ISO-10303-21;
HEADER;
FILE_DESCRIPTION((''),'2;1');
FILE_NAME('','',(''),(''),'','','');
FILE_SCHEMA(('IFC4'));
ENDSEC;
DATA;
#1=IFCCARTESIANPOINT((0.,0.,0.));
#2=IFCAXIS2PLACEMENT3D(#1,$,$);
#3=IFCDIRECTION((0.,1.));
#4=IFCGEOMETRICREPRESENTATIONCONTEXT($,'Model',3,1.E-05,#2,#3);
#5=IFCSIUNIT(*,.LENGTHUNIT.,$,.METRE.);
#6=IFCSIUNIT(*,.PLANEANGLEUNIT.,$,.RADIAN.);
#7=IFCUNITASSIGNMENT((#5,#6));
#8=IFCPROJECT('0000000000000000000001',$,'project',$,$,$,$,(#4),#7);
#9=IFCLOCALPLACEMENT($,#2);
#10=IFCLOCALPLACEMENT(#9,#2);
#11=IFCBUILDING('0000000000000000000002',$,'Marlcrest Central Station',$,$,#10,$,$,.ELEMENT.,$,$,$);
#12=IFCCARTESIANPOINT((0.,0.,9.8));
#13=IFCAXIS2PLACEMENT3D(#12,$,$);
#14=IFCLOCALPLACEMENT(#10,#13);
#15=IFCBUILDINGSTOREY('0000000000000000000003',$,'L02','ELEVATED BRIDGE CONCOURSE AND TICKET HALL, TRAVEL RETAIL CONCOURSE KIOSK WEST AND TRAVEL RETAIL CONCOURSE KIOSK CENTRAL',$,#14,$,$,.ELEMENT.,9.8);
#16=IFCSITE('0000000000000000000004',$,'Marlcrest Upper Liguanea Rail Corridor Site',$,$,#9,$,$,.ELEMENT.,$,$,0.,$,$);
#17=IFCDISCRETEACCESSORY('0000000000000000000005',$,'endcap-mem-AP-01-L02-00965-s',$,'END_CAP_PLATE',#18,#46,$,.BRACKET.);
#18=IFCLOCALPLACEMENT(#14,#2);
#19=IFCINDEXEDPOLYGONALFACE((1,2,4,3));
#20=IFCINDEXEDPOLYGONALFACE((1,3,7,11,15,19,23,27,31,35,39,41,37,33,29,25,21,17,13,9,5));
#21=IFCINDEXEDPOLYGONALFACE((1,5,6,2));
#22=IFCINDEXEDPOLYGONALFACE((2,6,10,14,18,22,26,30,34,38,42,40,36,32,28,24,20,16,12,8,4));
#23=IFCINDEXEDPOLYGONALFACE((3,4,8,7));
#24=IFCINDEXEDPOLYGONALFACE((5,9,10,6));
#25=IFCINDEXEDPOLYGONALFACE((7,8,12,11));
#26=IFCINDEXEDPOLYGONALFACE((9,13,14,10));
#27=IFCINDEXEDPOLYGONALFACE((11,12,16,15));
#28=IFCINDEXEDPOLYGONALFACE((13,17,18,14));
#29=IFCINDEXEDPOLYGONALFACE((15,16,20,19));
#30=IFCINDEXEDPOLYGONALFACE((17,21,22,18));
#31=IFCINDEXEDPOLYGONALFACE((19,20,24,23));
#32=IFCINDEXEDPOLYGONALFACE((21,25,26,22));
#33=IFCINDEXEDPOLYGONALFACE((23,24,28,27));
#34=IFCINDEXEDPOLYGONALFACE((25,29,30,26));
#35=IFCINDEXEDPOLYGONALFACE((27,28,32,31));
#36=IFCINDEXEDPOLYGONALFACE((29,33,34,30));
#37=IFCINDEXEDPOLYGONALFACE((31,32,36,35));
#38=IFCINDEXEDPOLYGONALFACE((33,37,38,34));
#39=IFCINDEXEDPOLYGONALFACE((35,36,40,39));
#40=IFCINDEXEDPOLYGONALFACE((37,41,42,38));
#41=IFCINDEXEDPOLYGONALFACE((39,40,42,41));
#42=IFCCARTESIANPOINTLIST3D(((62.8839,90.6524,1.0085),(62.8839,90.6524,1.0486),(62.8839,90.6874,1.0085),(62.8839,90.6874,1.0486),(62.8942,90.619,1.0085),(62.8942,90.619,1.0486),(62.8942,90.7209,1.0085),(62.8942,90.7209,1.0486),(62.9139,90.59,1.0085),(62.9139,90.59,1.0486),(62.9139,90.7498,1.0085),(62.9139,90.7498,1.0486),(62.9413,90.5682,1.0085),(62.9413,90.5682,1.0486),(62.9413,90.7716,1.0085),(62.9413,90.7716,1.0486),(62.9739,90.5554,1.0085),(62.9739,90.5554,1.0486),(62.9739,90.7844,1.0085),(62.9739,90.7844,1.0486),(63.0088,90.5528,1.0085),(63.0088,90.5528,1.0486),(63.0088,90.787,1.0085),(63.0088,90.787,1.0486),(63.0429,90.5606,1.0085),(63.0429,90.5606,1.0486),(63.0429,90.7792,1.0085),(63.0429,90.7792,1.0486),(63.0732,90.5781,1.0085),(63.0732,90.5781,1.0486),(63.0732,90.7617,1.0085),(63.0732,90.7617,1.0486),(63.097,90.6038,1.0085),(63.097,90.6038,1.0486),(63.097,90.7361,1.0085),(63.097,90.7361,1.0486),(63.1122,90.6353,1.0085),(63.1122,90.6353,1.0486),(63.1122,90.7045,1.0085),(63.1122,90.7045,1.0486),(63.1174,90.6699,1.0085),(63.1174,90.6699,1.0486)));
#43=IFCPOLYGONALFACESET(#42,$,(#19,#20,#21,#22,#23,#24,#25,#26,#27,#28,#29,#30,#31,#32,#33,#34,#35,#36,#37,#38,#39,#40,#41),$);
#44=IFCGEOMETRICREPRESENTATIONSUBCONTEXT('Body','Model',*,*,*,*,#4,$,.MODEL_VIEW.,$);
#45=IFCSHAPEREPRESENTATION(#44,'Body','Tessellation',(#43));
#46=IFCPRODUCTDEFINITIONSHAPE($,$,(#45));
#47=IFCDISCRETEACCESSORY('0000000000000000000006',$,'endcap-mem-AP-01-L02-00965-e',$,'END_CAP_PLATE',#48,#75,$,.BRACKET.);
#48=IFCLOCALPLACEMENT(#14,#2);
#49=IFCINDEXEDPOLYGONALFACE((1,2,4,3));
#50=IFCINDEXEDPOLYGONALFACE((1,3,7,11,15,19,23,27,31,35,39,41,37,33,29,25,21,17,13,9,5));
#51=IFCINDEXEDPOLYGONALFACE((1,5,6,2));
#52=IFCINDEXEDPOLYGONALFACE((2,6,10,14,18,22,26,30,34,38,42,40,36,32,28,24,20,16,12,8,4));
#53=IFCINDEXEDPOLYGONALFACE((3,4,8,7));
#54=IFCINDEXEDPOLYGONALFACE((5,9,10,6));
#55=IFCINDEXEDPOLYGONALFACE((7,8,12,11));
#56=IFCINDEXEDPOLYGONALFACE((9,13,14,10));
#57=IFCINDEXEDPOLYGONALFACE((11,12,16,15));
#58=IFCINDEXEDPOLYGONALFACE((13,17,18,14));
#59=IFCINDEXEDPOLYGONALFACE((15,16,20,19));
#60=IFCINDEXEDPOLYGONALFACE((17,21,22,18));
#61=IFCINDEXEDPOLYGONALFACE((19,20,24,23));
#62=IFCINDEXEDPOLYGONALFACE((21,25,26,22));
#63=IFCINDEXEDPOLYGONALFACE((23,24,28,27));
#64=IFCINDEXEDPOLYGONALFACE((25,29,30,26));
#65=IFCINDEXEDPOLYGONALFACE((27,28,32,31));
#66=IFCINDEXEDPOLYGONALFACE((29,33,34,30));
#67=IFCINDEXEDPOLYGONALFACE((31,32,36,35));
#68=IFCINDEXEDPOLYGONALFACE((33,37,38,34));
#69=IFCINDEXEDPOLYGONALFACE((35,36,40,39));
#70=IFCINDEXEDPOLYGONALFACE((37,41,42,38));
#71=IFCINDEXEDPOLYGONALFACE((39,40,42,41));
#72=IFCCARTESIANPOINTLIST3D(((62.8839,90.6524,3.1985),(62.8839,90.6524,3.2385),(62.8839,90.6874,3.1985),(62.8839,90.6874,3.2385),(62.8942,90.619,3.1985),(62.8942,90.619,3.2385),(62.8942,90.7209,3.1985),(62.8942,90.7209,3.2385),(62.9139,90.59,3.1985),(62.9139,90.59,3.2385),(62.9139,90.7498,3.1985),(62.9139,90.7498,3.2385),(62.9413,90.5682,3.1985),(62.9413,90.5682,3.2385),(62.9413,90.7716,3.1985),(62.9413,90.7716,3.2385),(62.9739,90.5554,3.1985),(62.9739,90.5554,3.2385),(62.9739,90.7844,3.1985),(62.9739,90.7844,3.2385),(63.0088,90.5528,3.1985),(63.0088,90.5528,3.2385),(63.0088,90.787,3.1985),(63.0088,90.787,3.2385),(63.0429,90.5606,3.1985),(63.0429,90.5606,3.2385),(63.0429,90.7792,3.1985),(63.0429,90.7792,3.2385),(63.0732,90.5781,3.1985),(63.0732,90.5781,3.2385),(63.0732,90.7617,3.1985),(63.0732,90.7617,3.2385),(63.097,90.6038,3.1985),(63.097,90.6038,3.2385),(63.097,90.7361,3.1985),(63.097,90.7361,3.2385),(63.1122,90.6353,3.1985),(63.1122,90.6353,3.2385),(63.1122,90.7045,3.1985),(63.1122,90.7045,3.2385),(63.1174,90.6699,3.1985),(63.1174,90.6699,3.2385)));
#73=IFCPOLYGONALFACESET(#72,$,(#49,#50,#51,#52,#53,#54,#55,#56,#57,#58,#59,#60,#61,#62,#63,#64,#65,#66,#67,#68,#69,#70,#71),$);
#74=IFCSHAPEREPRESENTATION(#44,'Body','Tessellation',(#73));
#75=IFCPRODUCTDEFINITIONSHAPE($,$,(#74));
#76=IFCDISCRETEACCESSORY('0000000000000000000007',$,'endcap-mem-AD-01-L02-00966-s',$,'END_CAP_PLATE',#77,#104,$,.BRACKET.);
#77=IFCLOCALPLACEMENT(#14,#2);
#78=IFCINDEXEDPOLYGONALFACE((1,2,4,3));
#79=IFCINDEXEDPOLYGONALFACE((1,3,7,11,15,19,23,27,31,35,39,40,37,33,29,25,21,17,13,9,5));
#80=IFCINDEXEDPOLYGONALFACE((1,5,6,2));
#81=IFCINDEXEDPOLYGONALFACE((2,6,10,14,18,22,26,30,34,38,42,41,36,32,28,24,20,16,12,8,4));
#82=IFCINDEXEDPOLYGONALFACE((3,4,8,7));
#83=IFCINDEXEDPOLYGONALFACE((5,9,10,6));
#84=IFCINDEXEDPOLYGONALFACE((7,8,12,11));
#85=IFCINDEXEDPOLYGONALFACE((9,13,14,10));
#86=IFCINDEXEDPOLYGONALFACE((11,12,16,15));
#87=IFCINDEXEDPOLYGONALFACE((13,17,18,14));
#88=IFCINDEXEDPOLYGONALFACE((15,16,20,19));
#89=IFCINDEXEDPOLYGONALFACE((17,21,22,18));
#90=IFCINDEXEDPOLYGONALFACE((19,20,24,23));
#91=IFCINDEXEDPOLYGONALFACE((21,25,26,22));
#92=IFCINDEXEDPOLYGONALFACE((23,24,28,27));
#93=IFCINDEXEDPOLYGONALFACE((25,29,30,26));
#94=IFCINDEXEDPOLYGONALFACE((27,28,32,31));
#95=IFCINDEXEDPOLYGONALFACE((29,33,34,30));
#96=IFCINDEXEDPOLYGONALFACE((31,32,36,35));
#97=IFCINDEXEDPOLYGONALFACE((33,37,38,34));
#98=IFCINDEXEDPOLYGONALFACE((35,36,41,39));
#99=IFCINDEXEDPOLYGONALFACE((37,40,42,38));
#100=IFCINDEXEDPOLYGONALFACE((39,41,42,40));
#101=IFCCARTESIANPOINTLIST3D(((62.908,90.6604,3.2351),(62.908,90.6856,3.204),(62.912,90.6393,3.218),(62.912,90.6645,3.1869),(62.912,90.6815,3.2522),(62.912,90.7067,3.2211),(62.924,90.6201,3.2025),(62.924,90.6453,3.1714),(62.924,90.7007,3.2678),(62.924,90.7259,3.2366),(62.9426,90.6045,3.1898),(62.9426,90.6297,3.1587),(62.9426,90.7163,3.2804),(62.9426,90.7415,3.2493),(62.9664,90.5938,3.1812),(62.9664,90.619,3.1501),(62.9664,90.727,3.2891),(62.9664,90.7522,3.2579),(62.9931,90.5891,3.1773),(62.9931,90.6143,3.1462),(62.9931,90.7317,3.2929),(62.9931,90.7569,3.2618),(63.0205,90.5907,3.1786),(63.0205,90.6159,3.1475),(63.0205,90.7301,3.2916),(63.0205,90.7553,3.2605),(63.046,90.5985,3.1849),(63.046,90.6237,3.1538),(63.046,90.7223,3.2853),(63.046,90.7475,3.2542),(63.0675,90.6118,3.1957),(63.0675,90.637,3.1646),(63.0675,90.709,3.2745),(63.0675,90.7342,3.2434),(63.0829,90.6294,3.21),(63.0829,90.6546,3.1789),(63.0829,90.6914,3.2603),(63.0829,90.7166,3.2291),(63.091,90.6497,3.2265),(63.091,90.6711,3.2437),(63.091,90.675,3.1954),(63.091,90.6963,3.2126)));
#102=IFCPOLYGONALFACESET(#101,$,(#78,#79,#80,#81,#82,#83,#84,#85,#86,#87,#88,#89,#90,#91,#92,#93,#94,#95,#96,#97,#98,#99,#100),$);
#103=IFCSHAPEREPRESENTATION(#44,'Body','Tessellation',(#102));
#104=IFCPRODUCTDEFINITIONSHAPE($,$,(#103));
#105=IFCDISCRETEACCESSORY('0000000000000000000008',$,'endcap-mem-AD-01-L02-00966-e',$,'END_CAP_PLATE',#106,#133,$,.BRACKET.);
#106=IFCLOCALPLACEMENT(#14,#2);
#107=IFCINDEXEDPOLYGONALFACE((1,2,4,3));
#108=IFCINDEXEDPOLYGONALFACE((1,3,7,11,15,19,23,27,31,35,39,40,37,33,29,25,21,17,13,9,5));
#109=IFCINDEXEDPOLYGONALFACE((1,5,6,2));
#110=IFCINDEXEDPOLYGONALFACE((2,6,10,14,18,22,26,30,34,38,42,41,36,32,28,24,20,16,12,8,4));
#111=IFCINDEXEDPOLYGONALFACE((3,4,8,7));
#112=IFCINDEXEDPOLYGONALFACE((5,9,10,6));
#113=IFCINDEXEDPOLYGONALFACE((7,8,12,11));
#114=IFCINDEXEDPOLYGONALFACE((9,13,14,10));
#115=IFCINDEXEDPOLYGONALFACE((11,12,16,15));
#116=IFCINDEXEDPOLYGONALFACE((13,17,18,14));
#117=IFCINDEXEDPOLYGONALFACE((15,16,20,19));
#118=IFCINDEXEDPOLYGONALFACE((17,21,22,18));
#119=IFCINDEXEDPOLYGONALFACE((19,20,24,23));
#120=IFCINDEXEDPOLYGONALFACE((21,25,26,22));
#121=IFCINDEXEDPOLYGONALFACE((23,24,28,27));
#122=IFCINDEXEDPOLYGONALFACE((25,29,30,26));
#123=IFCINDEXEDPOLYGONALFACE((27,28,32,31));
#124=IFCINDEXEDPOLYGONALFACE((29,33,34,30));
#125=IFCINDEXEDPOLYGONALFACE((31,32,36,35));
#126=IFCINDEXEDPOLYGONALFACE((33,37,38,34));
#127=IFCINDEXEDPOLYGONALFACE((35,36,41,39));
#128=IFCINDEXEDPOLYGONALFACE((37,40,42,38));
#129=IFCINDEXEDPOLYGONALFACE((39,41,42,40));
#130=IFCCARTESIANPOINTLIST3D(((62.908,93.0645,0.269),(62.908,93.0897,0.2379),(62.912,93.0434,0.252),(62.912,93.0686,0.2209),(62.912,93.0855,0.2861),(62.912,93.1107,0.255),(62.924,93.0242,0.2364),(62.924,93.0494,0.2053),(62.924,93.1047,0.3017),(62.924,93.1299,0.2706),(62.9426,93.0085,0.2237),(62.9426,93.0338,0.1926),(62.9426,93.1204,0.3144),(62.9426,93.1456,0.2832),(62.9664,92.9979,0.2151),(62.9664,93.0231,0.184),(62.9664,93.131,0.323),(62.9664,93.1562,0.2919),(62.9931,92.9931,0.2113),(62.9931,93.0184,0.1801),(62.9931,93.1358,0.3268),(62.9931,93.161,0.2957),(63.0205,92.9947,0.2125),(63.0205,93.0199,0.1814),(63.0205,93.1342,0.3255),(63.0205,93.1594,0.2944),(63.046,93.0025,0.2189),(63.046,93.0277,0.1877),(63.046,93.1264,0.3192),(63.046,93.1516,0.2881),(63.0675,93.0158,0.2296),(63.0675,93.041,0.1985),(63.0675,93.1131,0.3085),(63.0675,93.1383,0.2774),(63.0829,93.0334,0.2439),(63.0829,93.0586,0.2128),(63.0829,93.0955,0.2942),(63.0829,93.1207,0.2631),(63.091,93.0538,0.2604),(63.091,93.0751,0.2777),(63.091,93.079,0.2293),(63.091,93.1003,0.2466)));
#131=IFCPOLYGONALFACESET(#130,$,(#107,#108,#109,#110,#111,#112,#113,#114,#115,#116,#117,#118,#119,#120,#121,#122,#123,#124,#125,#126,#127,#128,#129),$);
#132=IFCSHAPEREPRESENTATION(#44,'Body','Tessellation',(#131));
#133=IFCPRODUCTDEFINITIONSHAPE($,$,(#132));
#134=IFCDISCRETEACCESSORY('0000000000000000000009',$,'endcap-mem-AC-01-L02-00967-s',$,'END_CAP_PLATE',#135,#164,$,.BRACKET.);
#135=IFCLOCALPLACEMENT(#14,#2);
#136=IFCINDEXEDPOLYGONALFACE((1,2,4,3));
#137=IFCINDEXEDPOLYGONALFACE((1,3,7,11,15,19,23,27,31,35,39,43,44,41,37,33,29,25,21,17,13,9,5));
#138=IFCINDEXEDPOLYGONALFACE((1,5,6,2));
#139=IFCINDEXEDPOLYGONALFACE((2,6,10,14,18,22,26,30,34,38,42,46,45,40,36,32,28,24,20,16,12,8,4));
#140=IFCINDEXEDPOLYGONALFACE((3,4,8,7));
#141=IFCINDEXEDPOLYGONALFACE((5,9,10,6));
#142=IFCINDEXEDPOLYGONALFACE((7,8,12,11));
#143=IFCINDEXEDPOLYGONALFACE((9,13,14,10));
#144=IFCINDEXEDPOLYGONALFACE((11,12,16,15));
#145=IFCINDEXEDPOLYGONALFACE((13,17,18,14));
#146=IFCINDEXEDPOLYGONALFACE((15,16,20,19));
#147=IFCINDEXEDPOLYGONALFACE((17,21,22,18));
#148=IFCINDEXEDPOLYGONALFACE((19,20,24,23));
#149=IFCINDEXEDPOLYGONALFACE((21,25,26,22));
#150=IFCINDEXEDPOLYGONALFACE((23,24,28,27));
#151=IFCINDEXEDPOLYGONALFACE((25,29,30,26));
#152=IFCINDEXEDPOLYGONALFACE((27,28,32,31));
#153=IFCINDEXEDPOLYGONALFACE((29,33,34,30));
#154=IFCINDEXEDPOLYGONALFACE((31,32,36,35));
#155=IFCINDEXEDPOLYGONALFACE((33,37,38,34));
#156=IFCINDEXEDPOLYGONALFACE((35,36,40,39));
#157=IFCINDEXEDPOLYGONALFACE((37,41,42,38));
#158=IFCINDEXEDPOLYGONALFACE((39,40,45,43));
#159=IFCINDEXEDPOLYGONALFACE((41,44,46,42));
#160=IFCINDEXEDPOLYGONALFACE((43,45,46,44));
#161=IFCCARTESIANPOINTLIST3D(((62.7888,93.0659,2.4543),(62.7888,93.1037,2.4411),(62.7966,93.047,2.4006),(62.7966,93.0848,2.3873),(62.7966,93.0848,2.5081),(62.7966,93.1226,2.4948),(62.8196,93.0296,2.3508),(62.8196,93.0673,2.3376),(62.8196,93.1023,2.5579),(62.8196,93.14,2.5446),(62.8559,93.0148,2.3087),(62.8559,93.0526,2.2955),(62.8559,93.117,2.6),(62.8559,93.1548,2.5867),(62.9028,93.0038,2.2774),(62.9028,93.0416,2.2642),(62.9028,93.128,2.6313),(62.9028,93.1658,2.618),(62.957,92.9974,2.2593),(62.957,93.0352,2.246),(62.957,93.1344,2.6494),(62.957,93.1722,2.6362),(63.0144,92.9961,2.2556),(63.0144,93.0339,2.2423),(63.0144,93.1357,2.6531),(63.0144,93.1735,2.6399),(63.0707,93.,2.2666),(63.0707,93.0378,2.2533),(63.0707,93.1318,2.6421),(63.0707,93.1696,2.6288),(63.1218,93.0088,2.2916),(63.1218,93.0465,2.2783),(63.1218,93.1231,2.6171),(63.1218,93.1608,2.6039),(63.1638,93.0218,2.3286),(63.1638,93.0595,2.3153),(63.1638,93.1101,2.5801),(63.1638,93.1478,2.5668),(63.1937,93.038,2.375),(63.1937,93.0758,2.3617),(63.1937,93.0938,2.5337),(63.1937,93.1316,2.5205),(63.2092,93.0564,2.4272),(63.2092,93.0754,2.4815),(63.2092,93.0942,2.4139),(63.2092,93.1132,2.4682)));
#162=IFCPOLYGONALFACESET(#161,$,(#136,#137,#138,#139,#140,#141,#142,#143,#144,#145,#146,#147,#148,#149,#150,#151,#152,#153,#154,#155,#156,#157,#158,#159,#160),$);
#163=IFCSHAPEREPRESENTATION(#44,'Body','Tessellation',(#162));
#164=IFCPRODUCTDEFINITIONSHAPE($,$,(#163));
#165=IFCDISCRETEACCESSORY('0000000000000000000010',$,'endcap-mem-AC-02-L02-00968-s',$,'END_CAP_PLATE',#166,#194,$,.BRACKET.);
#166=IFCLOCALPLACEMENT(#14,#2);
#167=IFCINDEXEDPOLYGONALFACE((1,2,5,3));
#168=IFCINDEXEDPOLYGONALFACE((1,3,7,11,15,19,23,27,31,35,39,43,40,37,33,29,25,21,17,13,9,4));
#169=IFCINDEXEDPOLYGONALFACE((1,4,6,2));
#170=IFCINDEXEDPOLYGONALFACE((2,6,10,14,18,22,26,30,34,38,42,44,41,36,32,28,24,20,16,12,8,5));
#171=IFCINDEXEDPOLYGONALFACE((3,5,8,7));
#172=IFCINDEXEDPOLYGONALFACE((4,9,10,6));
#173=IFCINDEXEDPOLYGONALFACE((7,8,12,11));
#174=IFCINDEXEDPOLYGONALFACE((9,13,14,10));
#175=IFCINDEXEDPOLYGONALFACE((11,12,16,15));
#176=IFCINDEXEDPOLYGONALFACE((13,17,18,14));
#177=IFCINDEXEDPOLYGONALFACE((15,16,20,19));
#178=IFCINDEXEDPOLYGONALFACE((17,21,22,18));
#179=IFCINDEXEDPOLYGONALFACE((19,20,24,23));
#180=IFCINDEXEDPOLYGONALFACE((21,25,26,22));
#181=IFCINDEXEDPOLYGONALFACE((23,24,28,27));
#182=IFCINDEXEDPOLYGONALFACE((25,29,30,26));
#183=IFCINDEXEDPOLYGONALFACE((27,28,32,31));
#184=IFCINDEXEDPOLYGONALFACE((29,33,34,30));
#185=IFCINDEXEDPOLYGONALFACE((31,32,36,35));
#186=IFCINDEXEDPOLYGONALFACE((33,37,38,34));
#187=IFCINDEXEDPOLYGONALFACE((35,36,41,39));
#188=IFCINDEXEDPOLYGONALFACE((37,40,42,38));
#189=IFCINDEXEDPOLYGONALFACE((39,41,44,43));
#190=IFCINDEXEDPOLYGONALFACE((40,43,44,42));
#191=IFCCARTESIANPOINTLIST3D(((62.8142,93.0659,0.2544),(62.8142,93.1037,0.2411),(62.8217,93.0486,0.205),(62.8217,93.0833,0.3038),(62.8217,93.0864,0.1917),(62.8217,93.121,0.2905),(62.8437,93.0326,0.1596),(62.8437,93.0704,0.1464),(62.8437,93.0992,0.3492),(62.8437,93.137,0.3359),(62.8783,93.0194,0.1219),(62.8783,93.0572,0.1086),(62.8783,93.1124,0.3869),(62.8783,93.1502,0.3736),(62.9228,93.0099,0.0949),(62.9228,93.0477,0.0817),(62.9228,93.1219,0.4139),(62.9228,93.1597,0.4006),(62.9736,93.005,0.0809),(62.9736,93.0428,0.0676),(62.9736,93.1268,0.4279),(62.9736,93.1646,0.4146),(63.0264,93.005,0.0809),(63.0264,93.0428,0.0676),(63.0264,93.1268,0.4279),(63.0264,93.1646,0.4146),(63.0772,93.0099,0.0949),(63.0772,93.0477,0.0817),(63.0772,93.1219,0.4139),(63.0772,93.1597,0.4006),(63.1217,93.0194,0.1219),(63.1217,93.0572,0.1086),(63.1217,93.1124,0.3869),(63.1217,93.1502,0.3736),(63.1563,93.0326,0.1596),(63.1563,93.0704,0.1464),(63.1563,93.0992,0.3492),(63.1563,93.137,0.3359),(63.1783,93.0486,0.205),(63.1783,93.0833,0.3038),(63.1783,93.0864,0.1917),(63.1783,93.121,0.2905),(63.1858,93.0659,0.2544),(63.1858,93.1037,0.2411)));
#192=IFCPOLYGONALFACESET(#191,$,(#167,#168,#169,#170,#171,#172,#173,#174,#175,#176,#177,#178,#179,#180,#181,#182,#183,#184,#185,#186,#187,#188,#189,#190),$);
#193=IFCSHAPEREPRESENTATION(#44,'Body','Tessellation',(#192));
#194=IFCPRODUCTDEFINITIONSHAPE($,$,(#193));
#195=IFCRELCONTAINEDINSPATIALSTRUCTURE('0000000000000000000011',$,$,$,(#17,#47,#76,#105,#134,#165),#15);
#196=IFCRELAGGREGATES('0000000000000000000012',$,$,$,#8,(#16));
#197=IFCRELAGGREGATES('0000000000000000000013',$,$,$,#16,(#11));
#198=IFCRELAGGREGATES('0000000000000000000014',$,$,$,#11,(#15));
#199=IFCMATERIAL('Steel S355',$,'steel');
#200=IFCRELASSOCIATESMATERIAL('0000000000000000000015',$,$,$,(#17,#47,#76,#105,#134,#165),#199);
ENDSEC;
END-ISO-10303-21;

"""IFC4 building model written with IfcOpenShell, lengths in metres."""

from ifc_helpers import new_model, si_unit, direction, frame, origin, origin_2d, place, context, subcontext, project, spatial, circle, extrude, material, element, save


model = new_model("IFC4")

# Units and contexts
model_context = context("Model", 3, precision=1e-05, world=origin(), true_north=direction((0.0, 1.0)))
body_context = subcontext(model_context, "Body", "Model", "MODEL_VIEW")
ifc_project = project(units=[si_unit("LENGTHUNIT", "METRE"), si_unit("PLANEANGLEUNIT", "RADIAN")], contexts=[model_context])

# Site, building, storey
site_placement = place(None, origin())
site = spatial("IfcSite", under=ifc_project, at=site_placement, Name="Marlcrest Upper Liguanea Rail Corridor Site", CompositionType="ELEMENT", RefElevation=0.0)
building_placement = place(site_placement, origin())
building = spatial("IfcBuilding", under=site, at=building_placement, Name="Marlcrest Central Station", CompositionType="ELEMENT")
storey_placement = place(building_placement, frame((0.0, 0.0, 9.8)))
storey = spatial("IfcBuildingStorey", under=building, at=storey_placement, Name="L02", Description="ELEVATED BRIDGE CONCOURSE AND TICKET HALL, TRAVEL RETAIL CONCOURSE KIOSK WEST AND TRAVEL RETAIL CONCOURSE KIOSK CENTRAL", CompositionType="ELEMENT", Elevation=9.8)

# Shared definitions
ifc_material_1 = material(Name="Steel S355", Category="steel")

# Discrete accessories
for number, where, z_axis, x_axis, name in (
    (1, (63.0, 90.6699, 1.0085), (0.0, 0.0, 1.0), (1.0, 0.0, 0.0), "endcap-mem-AP-01-L02-00965-s"),
    (2, (63.0, 90.6699, 3.1985), (0.0, 0.0, 1.0), (1.0, 0.0, 0.0), "endcap-mem-AP-01-L02-00965-e"),
):
    element("IfcDiscreteAccessory", number, at=place(storey_placement, frame(where, z_axis=z_axis, x_axis=x_axis)), inside=storey, material=ifc_material_1, Name=name, ObjectType="END_CAP_PLATE", PredefinedType="BRACKET", context=body_context, shape_type="SweptSolid", body=[
        extrude(circle(Radius=0.1174, at=origin_2d()), origin(), (0.0, 0.0, 1.0), 0.04),
    ])
for number, where, z_axis, x_axis, name in (
    (3, (63.0, 90.6604, 3.2351), (0.0, 0.629629, -0.776896), (-1.0, 0.0, 0.0), "endcap-mem-AD-01-L02-00966-s"),
    (4, (63.0, 93.0645, 0.269), (0.0, 0.629629, -0.776896), (-1.0, 0.0, 0.0), "endcap-mem-AD-01-L02-00966-e"),
):
    element("IfcDiscreteAccessory", number, at=place(storey_placement, frame(where, z_axis=z_axis, x_axis=x_axis)), inside=storey, material=ifc_material_1, Name=name, ObjectType="END_CAP_PLATE", PredefinedType="BRACKET", context=body_context, shape_type="SweptSolid", body=[
        extrude(circle(Radius=0.092, at=origin_2d()), origin(), (0.0, 0.0, 1.0), 0.04),
    ])
discrete_accessory_1_placement = place(storey_placement, frame((63.0, 93.0659, 2.4543), z_axis=(0.0, 0.943537, -0.331266), x_axis=(-1.0, 0.0, 0.0)))
element("IfcDiscreteAccessory", 5, at=discrete_accessory_1_placement, inside=storey, material=ifc_material_1, Name="endcap-mem-AC-01-L02-00967-s", ObjectType="END_CAP_PLATE", PredefinedType="BRACKET", context=body_context, shape_type="SweptSolid", body=[
    extrude(circle(Radius=0.2112, at=origin_2d()), origin(), (0.0, 0.0, 1.0), 0.04),
])
discrete_accessory_2_placement = place(storey_placement, frame((63.0, 93.0659, 0.2544), z_axis=(0.0, 0.943537, -0.331266), x_axis=(-1.0, 0.0, 0.0)))
element("IfcDiscreteAccessory", 6, at=discrete_accessory_2_placement, inside=storey, material=ifc_material_1, Name="endcap-mem-AC-02-L02-00968-s", ObjectType="END_CAP_PLATE", PredefinedType="BRACKET", context=body_context, shape_type="SweptSolid", body=[
    extrude(circle(Radius=0.1858, at=origin_2d()), origin(), (0.0, 0.0, 1.0), 0.04),
])

save(model, "model.ifc")
